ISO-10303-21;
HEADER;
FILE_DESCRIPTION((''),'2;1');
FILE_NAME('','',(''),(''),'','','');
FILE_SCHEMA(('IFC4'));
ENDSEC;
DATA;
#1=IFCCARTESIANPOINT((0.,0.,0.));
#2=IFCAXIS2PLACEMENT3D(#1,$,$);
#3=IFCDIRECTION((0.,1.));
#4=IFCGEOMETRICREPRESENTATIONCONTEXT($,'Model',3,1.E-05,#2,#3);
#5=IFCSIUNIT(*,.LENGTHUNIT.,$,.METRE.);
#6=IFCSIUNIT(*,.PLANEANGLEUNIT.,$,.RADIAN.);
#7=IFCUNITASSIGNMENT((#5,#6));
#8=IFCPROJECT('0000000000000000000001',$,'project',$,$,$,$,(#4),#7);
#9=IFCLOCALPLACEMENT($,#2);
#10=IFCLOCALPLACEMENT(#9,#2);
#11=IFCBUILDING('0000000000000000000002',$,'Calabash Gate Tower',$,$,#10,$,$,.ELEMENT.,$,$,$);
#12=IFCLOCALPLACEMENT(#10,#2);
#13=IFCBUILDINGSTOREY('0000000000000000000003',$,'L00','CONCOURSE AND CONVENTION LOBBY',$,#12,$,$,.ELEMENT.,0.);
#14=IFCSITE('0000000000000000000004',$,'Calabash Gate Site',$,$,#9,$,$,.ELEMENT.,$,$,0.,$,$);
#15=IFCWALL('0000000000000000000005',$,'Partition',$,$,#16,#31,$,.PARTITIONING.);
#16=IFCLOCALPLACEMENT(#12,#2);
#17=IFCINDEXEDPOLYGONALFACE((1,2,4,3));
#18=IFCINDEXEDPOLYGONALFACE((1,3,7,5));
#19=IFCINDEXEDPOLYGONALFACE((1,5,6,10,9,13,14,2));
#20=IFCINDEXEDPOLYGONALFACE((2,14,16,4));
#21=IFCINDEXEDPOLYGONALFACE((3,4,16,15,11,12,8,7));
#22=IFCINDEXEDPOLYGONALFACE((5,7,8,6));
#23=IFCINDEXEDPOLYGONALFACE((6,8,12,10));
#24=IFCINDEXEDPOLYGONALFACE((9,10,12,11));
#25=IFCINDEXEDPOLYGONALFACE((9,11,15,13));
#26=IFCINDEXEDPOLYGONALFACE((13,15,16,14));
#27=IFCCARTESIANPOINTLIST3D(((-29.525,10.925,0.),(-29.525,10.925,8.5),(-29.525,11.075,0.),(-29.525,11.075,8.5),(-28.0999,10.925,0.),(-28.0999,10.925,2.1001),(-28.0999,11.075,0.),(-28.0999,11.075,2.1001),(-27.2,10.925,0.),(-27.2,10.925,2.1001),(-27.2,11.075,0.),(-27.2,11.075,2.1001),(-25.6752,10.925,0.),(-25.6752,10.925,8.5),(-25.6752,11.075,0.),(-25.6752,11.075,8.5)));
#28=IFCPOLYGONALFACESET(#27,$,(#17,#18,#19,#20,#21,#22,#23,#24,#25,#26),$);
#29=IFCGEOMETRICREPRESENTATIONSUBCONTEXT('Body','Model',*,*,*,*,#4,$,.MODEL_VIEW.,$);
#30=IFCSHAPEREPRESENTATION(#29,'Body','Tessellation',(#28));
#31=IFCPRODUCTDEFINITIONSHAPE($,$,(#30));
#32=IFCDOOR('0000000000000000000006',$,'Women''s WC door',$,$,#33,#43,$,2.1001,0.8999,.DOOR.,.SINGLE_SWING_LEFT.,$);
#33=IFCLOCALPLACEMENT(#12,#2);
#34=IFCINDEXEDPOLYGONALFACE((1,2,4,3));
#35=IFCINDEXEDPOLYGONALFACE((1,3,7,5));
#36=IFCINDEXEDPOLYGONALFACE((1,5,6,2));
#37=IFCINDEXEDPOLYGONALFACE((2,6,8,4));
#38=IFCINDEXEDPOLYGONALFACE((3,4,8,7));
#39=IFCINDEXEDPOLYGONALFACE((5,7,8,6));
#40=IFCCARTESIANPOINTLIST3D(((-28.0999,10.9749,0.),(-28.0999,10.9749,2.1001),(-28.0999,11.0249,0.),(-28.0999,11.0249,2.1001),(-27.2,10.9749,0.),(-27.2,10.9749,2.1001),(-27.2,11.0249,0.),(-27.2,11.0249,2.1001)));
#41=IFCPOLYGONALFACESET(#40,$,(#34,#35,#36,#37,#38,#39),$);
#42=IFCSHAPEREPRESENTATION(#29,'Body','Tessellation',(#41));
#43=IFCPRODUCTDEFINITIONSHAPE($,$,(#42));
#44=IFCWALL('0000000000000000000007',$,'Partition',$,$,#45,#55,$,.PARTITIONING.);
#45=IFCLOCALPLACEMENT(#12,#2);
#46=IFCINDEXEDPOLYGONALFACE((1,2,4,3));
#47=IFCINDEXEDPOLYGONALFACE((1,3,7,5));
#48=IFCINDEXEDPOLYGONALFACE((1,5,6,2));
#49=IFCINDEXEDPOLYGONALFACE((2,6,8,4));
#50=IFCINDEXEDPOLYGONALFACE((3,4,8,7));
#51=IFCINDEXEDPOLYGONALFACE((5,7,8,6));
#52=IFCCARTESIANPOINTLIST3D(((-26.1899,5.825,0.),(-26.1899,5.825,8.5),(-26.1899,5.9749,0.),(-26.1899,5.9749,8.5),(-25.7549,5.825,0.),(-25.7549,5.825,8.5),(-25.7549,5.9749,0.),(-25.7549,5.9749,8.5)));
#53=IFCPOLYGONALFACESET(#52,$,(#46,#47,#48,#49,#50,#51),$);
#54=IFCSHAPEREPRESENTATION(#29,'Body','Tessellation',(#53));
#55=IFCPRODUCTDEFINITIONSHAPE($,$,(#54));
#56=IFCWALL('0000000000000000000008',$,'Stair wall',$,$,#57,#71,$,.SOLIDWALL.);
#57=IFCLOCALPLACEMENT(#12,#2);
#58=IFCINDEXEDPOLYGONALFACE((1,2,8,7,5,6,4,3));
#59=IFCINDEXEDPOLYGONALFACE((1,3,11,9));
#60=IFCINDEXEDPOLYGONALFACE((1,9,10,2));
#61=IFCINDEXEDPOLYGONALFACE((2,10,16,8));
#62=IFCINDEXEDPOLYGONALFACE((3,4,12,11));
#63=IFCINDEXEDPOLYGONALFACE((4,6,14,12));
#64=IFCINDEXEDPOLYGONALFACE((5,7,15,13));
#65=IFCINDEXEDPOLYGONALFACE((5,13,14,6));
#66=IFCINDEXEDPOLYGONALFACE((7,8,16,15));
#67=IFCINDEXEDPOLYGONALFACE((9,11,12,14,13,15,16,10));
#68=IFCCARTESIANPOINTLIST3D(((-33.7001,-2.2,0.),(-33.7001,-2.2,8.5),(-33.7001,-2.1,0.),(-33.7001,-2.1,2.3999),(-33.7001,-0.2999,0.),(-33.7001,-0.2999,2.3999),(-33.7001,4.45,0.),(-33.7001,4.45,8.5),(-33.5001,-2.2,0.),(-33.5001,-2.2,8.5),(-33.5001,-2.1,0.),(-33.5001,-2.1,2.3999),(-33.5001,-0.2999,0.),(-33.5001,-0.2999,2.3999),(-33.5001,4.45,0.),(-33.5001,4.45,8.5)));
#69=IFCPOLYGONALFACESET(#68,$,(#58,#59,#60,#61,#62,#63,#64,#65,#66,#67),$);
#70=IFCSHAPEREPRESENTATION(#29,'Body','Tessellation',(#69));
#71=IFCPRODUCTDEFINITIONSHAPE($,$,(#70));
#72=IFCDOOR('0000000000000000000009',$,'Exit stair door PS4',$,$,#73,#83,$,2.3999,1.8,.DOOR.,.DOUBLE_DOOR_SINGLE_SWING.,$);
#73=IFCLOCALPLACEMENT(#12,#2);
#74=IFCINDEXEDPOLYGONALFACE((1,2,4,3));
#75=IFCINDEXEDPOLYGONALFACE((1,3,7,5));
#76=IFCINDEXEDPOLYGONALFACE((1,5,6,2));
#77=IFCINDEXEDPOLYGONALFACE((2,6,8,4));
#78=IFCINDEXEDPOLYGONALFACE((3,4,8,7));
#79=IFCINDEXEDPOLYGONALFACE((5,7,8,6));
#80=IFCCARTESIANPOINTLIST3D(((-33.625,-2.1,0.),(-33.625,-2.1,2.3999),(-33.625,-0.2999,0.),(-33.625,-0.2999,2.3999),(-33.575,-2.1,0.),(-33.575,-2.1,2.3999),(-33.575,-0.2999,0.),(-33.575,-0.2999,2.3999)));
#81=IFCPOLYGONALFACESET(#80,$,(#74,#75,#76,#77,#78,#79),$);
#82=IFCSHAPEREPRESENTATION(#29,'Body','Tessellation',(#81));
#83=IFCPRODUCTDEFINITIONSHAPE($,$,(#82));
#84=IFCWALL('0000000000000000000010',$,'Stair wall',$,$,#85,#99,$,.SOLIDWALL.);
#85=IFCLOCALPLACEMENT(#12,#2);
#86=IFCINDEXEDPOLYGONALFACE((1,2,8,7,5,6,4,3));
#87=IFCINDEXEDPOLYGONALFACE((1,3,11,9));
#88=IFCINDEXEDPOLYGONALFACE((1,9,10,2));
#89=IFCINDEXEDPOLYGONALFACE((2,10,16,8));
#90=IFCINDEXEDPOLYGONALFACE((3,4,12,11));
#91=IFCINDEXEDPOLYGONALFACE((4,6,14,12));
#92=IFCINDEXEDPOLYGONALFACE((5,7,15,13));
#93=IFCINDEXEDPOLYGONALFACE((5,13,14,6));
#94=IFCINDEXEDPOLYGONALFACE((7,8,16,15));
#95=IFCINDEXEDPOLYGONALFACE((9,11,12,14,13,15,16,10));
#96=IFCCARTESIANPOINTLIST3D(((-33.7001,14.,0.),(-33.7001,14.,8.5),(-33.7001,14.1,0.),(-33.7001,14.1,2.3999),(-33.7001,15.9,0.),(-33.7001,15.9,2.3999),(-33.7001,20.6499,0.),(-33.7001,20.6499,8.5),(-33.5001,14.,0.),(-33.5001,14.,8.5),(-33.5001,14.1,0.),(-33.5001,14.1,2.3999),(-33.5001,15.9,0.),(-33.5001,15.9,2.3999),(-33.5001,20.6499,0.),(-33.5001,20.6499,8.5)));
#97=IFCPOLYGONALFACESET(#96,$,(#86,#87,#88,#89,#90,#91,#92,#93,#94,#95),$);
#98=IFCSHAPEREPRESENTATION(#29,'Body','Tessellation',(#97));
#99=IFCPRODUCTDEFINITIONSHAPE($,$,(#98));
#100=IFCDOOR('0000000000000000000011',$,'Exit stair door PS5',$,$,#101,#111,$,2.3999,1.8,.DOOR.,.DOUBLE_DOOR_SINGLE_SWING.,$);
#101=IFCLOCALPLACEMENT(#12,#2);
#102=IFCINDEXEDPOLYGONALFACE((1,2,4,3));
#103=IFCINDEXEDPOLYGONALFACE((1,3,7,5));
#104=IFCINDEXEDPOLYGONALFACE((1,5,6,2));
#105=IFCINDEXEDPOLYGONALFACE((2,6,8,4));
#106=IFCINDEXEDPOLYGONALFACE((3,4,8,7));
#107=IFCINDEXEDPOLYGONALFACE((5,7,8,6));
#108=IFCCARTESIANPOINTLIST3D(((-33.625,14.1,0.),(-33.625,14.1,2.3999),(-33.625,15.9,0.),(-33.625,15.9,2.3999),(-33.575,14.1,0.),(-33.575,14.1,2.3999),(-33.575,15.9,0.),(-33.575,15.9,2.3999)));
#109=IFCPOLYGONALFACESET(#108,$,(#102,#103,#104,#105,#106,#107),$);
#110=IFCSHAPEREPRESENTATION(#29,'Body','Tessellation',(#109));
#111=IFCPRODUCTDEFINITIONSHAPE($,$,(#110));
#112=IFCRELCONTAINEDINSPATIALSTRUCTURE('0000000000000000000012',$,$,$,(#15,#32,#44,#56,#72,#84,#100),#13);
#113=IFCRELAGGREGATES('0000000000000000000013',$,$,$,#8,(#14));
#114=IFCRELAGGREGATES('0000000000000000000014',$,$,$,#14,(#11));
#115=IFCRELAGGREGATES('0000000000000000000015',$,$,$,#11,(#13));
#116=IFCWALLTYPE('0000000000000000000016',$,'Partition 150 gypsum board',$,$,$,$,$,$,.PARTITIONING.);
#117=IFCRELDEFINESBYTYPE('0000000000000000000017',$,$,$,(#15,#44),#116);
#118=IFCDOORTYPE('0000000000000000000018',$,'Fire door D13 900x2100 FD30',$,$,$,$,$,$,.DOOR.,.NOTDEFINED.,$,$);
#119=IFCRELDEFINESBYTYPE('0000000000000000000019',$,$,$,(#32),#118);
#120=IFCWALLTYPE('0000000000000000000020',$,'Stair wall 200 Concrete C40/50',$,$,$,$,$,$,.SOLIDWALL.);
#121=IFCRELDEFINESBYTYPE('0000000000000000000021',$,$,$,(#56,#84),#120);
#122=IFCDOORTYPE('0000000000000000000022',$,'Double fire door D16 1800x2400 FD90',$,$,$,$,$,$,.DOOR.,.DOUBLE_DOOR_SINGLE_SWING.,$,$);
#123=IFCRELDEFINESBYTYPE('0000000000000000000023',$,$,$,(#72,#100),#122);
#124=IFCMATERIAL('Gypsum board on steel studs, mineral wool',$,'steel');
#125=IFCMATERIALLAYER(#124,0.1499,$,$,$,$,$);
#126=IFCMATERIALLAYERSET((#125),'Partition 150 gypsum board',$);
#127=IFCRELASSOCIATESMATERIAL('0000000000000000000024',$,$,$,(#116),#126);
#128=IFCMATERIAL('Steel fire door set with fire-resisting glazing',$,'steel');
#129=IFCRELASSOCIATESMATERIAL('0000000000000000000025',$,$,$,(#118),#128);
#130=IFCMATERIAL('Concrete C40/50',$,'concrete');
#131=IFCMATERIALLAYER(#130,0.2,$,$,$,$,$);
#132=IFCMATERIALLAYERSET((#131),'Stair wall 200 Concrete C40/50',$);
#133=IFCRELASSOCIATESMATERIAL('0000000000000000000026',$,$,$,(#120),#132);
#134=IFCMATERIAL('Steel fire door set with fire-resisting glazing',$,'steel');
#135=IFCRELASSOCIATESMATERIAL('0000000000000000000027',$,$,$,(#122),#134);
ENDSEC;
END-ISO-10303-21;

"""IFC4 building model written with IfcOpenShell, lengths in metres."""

from ifc_helpers import new_model, si_unit, direction, frame, frame_2d, origin, place, context, subcontext, project, spatial, rectangle, extrude, material, layer, layer_set, type_object, element, fill, save


model = new_model("IFC4")

# Units and contexts
model_context = context("Model", 3, precision=1e-05, world=origin(), true_north=direction((0.0, 1.0)))
body_context = subcontext(model_context, "Body", "Model", "MODEL_VIEW")
ifc_project = project(units=[si_unit("LENGTHUNIT", "METRE"), si_unit("PLANEANGLEUNIT", "RADIAN")], contexts=[model_context])

# Site, building, storey
site_placement = place(None, origin())
site = spatial("IfcSite", under=ifc_project, at=site_placement, Name="Calabash Gate Site", CompositionType="ELEMENT", RefElevation=0.0)
building_placement = place(site_placement, origin())
building = spatial("IfcBuilding", under=site, at=building_placement, Name="Calabash Gate Tower", CompositionType="ELEMENT")
storey_placement = place(building_placement, origin())
storey = spatial("IfcBuildingStorey", under=building, at=storey_placement, Name="L00", Description="CONCOURSE AND CONVENTION LOBBY", CompositionType="ELEMENT", Elevation=0.0)

# Shared definitions
ifc_material_1 = material(Name="Gypsum board on steel studs, mineral wool", Category="steel")
ifc_layer_1 = layer(ifc_material_1, 0.1499)
ifc_layer_set_1 = layer_set([ifc_layer_1], Name="Partition 150 gypsum board")
wall_type_1 = type_object("IfcWallType", Name="Partition 150 gypsum board", PredefinedType="PARTITIONING", material=ifc_layer_set_1)

# Wall, opening, door
ifc_material_2 = material(Name="Steel fire door set with fire-resisting glazing", Category="steel")
door_type_1 = type_object("IfcDoorType", Name="Fire door D13 900x2100 FD30", OperationType="NOTDEFINED", PredefinedType="DOOR", material=ifc_material_2)
wall_1_placement = place(storey_placement, frame((-29.5249, 11.0, 0.0), z_axis=(0.0, 0.0, 1.0), x_axis=(1.0, 0.0, 0.0)))
wall_1 = element("IfcWall", 1, at=wall_1_placement, inside=storey, type_object=wall_type_1, Name="Partition", PredefinedType="PARTITIONING", context=body_context, shape_type="SweptSolid", body=[
    extrude(rectangle(XDim=3.8499, YDim=0.1499, at=frame_2d((1.9248, 0.0))), origin(), (0.0, 0.0, 1.0), 8.5),
])
opening_1_placement = place(wall_1_placement, frame((1.425, 0.0, 0.0)))
opening_1 = element("IfcOpeningElement", 2, at=opening_1_placement, cuts=wall_1, PredefinedType="OPENING", context=body_context, shape_type="SweptSolid", body=[
    extrude(rectangle(XDim=0.8999, YDim=2.1001, at=frame_2d((0.45, 1.05))), frame((0.0, 0.085, 0.0), z_axis=(0.0, -1.0, 0.0), x_axis=(1.0, 0.0, 0.0)), (0.0, 0.0, 1.0), 0.1699),
])
door_1_placement = place(opening_1_placement, origin())
door_1 = element("IfcDoor", 3, at=door_1_placement, inside=storey, type_object=door_type_1, Name="Women's WC door", OperationType="SINGLE_SWING_LEFT", OverallHeight=2.1001, OverallWidth=0.8999, PredefinedType="DOOR", context=body_context, shape_type="SweptSolid", body=[
    extrude(rectangle(XDim=0.8999, YDim=2.1001, at=frame_2d((0.45, 1.05))), frame((0.0, 0.0249, 0.0), z_axis=(0.0, -1.0, 0.0), x_axis=(1.0, 0.0, 0.0)), (0.0, 0.0, 1.0), 0.05),
])
fill(opening_1, door_1)

# Wall
wall_2_placement = place(storey_placement, frame((-26.1899, 5.8999, 0.0), z_axis=(0.0, 0.0, 1.0), x_axis=(1.0, 0.0, 0.0)))
element("IfcWall", 4, at=wall_2_placement, inside=storey, type_object=wall_type_1, Name="Partition", PredefinedType="PARTITIONING", context=body_context, shape_type="SweptSolid", body=[
    extrude(rectangle(XDim=0.4351, YDim=0.1499, at=frame_2d((0.2175, 0.0))), origin(), (0.0, 0.0, 1.0), 8.5),
])

# Walls, openings, doors
ifc_material_3 = material(Name="Concrete C40/50", Category="concrete")
ifc_layer_2 = layer(ifc_material_3, 0.2)
ifc_layer_set_2 = layer_set([ifc_layer_2], Name="Stair wall 200 Concrete C40/50")
wall_type_2 = type_object("IfcWallType", Name="Stair wall 200 Concrete C40/50", PredefinedType="SOLIDWALL", material=ifc_layer_set_2)
wall_3_placement = place(storey_placement, frame((-33.6001, -2.2, 0.0), z_axis=(0.0, 0.0, 1.0), x_axis=(0.0, 1.0, 0.0)))
wall_3 = element("IfcWall", 5, at=wall_3_placement, inside=storey, type_object=wall_type_2, Name="Stair wall", PredefinedType="SOLIDWALL", context=body_context, shape_type="SweptSolid", body=[
    extrude(rectangle(XDim=6.6499, YDim=0.2, at=frame_2d((3.325, 0.0))), origin(), (0.0, 0.0, 1.0), 8.5),
])
opening_2_placement = place(wall_3_placement, frame((0.1001, 0.0, 0.0)))
opening_2 = element("IfcOpeningElement", 6, at=opening_2_placement, cuts=wall_3, PredefinedType="OPENING", context=body_context, shape_type="SweptSolid", body=[
    extrude(rectangle(XDim=1.8, YDim=2.3999, at=frame_2d((0.8999, 1.2))), frame((0.0, 0.1099, 0.0), z_axis=(0.0, -1.0, 0.0), x_axis=(1.0, 0.0, 0.0)), (0.0, 0.0, 1.0), 0.22),
])
ifc_material_4 = material(Name="Steel fire door set with fire-resisting glazing", Category="steel")
door_type_2 = type_object("IfcDoorType", Name="Double fire door D16 1800x2400 FD90", OperationType="DOUBLE_DOOR_SINGLE_SWING", PredefinedType="DOOR", material=ifc_material_4)
door_2_placement = place(opening_2_placement, origin())
door_2 = element("IfcDoor", 7, at=door_2_placement, inside=storey, type_object=door_type_2, Name="Exit stair door PS4", OperationType="DOUBLE_DOOR_SINGLE_SWING", OverallHeight=2.3999, OverallWidth=1.8, PredefinedType="DOOR", context=body_context, shape_type="SweptSolid", body=[
    extrude(rectangle(XDim=1.8, YDim=2.3999, at=frame_2d((0.8999, 1.2))), frame((0.0, 0.0249, 0.0), z_axis=(0.0, -1.0, 0.0), x_axis=(1.0, 0.0, 0.0)), (0.0, 0.0, 1.0), 0.05),
])
fill(opening_2, door_2)
wall_4_placement = place(storey_placement, frame((-33.6001, 14.0, 0.0), z_axis=(0.0, 0.0, 1.0), x_axis=(0.0, 1.0, 0.0)))
wall_4 = element("IfcWall", 8, at=wall_4_placement, inside=storey, type_object=wall_type_2, Name="Stair wall", PredefinedType="SOLIDWALL", context=body_context, shape_type="SweptSolid", body=[
    extrude(rectangle(XDim=6.6499, YDim=0.2, at=frame_2d((3.325, 0.0))), origin(), (0.0, 0.0, 1.0), 8.5),
])
opening_3_placement = place(wall_4_placement, frame((0.1001, 0.0, 0.0)))
opening_3 = element("IfcOpeningElement", 9, at=opening_3_placement, cuts=wall_4, PredefinedType="OPENING", context=body_context, shape_type="SweptSolid", body=[
    extrude(rectangle(XDim=1.8, YDim=2.3999, at=frame_2d((0.8999, 1.2))), frame((0.0, 0.1099, 0.0), z_axis=(0.0, -1.0, 0.0), x_axis=(1.0, 0.0, 0.0)), (0.0, 0.0, 1.0), 0.22),
])
door_3_placement = place(opening_3_placement, origin())
door_3 = element("IfcDoor", 10, at=door_3_placement, inside=storey, type_object=door_type_2, Name="Exit stair door PS5", OperationType="DOUBLE_DOOR_SINGLE_SWING", OverallHeight=2.3999, OverallWidth=1.8, PredefinedType="DOOR", context=body_context, shape_type="SweptSolid", body=[
    extrude(rectangle(XDim=1.8, YDim=2.3999, at=frame_2d((0.8999, 1.2))), frame((0.0, 0.0249, 0.0), z_axis=(0.0, -1.0, 0.0), x_axis=(1.0, 0.0, 0.0)), (0.0, 0.0, 1.0), 0.05),
])
fill(opening_3, door_3)

save(model, "model.ifc")
